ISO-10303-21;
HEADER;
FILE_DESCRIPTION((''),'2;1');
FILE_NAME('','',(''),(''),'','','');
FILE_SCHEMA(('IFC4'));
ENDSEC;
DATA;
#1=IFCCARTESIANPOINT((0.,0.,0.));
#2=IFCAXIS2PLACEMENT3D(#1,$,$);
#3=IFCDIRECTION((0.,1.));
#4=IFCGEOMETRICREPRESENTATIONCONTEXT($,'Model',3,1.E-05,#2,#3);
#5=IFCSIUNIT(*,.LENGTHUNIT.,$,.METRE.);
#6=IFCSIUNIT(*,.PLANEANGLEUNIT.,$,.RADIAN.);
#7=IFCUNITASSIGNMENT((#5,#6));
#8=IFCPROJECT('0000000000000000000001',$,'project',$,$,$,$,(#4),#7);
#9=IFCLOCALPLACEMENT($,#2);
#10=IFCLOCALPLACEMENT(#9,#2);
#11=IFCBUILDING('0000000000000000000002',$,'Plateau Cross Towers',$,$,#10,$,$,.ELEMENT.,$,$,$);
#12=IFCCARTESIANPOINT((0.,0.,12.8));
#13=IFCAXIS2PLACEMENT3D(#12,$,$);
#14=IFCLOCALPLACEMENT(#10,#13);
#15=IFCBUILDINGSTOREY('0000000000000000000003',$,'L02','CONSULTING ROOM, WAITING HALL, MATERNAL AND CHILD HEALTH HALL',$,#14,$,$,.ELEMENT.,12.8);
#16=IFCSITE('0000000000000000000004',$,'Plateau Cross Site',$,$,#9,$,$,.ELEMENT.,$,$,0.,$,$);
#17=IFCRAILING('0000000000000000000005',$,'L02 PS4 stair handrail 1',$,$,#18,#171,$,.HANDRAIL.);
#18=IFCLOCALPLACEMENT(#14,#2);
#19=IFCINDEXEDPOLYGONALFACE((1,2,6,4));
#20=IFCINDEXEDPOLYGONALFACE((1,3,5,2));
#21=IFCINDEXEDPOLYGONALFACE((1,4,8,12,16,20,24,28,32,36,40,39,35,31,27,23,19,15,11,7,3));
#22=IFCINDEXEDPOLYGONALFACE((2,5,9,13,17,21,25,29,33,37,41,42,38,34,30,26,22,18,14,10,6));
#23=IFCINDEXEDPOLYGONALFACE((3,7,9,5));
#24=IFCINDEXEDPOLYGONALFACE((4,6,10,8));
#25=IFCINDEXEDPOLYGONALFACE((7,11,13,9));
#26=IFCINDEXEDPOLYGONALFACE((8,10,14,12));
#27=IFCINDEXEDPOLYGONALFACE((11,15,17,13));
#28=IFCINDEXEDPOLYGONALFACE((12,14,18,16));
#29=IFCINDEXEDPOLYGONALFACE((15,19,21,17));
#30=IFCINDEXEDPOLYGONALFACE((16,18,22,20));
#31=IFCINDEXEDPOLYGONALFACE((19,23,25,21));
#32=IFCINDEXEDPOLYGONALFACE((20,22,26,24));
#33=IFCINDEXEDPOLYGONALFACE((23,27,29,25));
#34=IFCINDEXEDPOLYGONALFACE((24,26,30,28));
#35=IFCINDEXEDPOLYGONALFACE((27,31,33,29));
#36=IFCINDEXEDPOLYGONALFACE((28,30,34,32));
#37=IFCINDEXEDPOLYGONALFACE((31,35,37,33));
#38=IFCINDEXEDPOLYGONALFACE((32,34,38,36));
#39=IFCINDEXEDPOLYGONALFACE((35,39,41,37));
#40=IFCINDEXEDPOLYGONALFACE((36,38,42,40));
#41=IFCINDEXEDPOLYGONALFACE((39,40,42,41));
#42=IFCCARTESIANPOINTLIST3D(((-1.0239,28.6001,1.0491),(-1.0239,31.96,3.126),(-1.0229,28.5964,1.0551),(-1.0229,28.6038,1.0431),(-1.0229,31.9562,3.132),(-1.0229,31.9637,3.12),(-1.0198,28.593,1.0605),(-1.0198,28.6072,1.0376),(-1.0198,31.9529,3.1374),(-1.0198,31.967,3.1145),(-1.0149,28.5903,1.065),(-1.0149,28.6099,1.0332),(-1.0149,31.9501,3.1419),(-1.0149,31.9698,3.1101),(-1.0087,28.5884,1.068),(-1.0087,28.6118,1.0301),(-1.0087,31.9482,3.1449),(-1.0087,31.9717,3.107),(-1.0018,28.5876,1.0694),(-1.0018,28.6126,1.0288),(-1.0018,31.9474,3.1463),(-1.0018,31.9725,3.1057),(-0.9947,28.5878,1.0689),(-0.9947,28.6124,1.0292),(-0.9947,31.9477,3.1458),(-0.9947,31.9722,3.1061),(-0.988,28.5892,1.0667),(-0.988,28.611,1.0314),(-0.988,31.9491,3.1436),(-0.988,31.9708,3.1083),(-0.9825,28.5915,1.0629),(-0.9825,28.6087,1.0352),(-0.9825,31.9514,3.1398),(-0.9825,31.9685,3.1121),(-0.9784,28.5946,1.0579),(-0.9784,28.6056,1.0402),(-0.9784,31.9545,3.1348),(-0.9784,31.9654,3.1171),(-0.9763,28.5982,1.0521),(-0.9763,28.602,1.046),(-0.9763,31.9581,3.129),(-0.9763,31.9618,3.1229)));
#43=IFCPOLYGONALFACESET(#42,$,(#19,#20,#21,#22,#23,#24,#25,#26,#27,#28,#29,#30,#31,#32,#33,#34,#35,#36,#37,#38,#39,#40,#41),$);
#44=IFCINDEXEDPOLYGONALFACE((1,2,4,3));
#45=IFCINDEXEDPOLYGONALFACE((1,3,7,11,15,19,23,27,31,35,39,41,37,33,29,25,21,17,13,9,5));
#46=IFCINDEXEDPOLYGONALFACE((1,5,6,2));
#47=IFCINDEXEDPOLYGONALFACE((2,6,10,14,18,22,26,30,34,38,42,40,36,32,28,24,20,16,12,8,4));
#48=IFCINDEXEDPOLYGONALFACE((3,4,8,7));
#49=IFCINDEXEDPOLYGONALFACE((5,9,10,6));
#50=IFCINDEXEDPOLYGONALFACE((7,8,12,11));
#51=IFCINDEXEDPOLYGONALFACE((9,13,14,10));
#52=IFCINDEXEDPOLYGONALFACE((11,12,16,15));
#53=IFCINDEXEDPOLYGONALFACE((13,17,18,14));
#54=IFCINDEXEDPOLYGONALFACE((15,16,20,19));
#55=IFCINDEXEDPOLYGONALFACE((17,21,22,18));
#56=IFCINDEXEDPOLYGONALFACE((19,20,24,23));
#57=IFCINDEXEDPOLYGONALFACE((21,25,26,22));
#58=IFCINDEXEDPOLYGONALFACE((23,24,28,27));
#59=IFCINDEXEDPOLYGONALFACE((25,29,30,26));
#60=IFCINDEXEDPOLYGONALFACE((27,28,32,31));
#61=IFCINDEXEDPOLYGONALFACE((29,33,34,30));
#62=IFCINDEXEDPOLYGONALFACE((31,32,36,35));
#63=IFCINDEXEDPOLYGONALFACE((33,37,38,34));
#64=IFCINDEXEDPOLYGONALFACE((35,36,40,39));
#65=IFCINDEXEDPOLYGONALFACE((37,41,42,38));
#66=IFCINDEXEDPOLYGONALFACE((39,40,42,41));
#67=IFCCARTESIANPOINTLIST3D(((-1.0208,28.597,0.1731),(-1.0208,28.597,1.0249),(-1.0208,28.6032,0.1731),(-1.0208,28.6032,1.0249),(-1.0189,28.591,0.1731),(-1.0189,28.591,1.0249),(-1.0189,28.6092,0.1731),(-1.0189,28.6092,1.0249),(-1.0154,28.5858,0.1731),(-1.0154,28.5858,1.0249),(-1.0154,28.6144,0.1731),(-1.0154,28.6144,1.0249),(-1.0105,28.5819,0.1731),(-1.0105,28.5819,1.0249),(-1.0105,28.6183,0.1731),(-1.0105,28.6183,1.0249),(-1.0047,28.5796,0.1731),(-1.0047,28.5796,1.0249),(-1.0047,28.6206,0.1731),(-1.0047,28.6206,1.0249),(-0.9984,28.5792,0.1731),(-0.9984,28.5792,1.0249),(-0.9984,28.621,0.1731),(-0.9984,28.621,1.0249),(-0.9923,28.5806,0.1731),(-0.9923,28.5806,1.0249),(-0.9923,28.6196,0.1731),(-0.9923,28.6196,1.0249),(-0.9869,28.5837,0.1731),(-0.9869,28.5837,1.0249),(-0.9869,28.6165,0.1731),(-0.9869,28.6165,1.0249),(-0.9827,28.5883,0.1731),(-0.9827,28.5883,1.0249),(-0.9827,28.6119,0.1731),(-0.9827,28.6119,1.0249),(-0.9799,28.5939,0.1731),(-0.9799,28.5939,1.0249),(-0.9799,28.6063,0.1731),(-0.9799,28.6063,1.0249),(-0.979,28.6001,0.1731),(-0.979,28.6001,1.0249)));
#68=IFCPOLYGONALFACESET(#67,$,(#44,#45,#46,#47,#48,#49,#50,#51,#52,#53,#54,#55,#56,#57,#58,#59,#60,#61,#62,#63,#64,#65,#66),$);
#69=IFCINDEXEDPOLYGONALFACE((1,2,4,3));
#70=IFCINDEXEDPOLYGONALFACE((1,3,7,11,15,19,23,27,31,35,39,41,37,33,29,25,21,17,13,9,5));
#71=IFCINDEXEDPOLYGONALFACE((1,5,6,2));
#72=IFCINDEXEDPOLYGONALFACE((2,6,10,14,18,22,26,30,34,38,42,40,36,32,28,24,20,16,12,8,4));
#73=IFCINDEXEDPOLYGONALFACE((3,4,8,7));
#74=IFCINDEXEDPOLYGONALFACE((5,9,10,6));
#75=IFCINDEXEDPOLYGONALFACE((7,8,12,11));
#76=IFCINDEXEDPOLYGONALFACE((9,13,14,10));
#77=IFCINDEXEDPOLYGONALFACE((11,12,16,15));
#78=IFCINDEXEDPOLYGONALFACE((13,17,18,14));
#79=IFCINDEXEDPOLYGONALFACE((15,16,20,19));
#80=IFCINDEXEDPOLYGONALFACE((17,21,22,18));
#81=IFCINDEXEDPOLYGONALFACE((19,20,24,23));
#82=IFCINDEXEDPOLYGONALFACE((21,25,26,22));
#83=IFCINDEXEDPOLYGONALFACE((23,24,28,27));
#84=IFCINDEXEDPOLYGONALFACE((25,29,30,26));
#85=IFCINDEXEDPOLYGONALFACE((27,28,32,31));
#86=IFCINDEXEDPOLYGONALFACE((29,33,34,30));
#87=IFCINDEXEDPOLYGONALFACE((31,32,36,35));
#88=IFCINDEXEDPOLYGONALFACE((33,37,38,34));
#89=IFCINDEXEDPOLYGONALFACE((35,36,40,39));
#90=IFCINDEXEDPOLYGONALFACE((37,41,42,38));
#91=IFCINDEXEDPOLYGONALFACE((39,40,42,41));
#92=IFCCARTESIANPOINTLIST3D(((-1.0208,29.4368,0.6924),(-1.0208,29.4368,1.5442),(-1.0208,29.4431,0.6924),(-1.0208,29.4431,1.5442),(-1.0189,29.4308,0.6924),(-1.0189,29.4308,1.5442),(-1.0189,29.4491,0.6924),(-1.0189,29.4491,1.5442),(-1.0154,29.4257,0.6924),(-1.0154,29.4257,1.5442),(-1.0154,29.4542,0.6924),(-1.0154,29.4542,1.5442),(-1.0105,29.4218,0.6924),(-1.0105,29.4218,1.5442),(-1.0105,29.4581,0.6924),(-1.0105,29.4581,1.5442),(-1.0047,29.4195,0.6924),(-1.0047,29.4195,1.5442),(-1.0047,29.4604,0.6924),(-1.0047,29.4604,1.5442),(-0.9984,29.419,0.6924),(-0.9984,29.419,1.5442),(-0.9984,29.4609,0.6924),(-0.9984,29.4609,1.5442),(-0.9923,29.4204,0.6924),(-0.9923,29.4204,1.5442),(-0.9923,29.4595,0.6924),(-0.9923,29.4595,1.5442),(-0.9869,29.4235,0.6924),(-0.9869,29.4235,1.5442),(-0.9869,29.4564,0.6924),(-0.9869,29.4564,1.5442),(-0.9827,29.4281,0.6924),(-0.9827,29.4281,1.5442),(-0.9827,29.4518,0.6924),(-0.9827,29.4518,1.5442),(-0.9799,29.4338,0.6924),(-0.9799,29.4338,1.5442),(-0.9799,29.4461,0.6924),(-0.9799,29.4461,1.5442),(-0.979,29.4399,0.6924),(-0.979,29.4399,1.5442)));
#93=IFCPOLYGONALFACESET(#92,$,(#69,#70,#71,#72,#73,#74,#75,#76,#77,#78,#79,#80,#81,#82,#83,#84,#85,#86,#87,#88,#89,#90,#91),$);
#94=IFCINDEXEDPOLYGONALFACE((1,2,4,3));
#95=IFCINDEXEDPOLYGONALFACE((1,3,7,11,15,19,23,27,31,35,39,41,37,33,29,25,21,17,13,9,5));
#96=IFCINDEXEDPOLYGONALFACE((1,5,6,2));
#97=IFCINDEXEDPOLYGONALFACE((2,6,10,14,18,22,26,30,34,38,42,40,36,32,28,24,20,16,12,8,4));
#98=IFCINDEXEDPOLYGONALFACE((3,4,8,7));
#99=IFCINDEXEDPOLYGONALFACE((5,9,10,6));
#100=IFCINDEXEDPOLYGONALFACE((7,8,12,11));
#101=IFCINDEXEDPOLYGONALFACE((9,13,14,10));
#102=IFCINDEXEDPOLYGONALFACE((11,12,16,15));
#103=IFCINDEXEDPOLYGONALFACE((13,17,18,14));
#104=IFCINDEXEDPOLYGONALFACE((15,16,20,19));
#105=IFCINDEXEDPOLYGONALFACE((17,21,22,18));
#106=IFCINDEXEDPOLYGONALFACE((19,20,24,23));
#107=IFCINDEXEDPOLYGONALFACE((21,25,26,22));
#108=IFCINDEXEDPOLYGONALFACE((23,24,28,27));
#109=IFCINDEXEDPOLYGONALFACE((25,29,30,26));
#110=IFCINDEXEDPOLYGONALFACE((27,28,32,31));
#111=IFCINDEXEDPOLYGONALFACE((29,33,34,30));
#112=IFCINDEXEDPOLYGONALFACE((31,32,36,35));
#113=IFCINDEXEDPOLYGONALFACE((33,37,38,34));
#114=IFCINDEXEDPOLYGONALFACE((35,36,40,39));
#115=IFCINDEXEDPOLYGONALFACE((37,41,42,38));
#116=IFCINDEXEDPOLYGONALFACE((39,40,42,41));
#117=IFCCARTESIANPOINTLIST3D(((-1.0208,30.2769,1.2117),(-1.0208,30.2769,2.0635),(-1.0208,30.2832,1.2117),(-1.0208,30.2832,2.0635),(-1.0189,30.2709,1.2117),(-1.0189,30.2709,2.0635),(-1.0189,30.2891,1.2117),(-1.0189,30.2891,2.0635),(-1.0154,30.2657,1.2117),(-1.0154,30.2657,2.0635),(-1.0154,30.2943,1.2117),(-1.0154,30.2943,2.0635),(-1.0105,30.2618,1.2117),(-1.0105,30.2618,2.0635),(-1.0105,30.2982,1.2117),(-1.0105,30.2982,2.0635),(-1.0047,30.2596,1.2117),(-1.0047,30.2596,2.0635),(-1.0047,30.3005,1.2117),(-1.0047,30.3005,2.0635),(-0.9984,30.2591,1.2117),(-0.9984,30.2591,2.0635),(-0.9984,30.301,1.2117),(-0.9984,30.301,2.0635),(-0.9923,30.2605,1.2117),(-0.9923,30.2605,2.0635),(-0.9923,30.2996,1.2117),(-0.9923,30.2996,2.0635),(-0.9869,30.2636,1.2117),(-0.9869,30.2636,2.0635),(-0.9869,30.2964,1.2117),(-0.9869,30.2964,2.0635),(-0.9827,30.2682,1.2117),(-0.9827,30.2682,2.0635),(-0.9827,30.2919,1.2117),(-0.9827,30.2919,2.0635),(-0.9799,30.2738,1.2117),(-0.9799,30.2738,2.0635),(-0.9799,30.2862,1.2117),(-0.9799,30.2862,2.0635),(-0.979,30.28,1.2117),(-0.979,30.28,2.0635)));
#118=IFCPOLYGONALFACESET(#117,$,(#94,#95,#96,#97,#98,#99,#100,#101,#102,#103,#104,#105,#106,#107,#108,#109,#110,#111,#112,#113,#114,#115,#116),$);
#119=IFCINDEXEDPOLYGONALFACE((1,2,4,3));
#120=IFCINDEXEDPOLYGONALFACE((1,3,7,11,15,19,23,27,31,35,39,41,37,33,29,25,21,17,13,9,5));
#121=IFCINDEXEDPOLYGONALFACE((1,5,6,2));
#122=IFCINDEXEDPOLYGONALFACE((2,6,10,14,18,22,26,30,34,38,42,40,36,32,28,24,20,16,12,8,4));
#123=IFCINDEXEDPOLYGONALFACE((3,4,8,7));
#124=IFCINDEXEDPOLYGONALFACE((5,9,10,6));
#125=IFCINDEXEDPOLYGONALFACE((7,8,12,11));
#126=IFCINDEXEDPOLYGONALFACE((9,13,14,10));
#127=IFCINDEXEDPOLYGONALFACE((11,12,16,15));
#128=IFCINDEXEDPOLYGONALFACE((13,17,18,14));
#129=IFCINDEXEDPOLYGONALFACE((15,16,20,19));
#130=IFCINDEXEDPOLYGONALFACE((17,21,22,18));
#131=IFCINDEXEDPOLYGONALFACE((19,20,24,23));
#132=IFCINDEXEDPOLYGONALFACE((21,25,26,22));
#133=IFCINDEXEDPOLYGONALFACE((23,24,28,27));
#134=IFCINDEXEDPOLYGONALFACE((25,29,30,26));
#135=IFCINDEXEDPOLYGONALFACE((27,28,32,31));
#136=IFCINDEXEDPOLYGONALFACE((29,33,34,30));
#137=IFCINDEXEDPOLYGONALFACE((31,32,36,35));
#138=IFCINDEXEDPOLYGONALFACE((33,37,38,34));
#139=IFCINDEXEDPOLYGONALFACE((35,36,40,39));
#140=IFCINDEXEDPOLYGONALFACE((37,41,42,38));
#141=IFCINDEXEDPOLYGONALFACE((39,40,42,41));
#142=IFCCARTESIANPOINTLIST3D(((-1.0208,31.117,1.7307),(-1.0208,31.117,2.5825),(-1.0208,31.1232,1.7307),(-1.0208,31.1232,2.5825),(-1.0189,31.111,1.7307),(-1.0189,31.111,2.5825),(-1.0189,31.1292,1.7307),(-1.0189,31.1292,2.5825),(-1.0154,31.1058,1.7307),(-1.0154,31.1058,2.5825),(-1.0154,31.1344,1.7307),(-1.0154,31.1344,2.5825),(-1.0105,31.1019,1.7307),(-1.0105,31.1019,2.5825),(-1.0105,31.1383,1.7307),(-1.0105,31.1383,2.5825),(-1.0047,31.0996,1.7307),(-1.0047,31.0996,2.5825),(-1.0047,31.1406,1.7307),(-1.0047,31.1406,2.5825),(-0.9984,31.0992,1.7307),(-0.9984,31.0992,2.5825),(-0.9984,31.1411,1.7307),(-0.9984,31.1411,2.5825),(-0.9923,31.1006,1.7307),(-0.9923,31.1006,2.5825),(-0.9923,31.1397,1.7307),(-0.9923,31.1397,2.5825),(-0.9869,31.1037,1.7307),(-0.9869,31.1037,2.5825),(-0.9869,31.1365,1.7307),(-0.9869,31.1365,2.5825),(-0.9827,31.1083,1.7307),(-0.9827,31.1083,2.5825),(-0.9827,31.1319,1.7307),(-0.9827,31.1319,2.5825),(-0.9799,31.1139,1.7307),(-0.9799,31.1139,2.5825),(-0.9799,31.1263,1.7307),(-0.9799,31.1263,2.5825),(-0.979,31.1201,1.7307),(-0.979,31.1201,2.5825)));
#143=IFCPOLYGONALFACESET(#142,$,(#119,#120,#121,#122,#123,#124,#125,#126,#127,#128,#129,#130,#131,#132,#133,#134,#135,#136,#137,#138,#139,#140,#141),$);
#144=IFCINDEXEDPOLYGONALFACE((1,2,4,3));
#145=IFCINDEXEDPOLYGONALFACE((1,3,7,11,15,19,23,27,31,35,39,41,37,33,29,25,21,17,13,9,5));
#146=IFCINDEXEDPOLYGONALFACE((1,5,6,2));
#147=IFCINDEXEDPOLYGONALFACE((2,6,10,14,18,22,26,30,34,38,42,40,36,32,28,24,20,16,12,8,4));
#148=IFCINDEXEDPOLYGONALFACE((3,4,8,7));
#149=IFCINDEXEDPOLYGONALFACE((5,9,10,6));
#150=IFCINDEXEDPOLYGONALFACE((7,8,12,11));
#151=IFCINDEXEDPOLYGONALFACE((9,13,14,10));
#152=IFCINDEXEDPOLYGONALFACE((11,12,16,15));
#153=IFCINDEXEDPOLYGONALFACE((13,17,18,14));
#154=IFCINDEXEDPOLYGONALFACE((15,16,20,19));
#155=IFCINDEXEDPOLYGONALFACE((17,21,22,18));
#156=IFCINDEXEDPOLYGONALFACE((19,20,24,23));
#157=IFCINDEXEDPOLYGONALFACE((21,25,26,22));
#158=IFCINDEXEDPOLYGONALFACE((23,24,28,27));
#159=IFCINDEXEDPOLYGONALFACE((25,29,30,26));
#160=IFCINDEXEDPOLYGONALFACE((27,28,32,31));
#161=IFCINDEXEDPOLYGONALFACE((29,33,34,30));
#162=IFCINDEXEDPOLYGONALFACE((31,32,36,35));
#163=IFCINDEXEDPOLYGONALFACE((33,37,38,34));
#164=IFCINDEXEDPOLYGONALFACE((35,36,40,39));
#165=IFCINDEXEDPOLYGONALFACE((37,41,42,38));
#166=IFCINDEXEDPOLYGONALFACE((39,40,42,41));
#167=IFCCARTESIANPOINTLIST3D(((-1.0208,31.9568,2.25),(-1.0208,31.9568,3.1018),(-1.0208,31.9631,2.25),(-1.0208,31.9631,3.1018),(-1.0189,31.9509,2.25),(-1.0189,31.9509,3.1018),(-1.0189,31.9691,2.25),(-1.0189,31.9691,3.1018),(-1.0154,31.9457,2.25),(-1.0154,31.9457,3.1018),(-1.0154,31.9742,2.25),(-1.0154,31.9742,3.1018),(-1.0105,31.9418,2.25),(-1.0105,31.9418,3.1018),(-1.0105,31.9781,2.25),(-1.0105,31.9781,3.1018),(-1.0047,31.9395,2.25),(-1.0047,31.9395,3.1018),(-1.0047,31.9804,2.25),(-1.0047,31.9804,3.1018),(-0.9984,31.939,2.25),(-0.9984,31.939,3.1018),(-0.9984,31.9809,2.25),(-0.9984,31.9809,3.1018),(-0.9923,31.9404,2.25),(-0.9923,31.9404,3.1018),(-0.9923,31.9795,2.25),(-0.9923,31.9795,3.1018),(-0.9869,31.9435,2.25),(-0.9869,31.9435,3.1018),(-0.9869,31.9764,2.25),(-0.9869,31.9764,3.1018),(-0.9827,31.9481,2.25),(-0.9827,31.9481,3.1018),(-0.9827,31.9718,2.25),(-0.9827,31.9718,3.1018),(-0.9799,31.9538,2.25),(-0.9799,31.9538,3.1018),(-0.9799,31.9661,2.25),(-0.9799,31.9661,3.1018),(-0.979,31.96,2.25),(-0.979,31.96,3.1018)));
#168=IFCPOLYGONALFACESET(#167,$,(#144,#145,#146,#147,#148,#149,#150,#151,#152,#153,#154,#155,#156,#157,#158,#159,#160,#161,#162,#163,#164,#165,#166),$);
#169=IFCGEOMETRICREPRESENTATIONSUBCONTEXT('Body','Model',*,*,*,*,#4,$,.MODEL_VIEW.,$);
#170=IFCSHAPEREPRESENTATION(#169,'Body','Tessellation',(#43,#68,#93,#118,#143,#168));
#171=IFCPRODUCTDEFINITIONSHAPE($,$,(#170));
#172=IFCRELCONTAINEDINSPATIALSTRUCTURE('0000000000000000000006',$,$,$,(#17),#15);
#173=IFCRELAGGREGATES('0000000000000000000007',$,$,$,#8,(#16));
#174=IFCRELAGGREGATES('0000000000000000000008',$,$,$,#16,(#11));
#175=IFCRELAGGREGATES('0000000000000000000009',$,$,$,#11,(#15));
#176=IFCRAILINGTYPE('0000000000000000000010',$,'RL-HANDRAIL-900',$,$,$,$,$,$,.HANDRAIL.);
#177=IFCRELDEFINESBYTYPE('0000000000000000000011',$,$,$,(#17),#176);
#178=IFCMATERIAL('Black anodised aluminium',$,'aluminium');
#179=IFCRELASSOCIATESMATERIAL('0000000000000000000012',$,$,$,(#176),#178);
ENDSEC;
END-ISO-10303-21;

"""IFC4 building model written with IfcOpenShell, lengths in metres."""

from ifc_helpers import new_model, si_unit, direction, frame, origin, origin_2d, place, context, subcontext, project, spatial, circle, extrude, material, type_object, element, save


model = new_model("IFC4")

# Units and contexts
model_context = context("Model", 3, precision=1e-05, world=origin(), true_north=direction((0.0, 1.0)))
body_context = subcontext(model_context, "Body", "Model", "MODEL_VIEW")
ifc_project = project(units=[si_unit("LENGTHUNIT", "METRE"), si_unit("PLANEANGLEUNIT", "RADIAN")], contexts=[model_context])

# Site, building, storey
site_placement = place(None, origin())
site = spatial("IfcSite", under=ifc_project, at=site_placement, Name="Plateau Cross Site", CompositionType="ELEMENT", RefElevation=0.0)
building_placement = place(site_placement, origin())
building = spatial("IfcBuilding", under=site, at=building_placement, Name="Plateau Cross Towers", CompositionType="ELEMENT")
storey_placement = place(building_placement, frame((0.0, 0.0, 12.8)))
storey = spatial("IfcBuildingStorey", under=building, at=storey_placement, Name="L02", Description="CONSULTING ROOM, WAITING HALL, MATERNAL AND CHILD HEALTH HALL", CompositionType="ELEMENT", Elevation=12.8)

# Shared definitions
ifc_material_1 = material(Name="Black anodised aluminium", Category="aluminium")

# Railing
railing_type_1 = type_object("IfcRailingType", Name="RL-HANDRAIL-900", PredefinedType="HANDRAIL", material=ifc_material_1)
railing_1_placement = place(storey_placement, frame((-1.0, 28.6001, 0.1731)))
element("IfcRailing", 1, at=railing_1_placement, inside=storey, type_object=railing_type_1, Name="L02 PS4 stair handrail 1", PredefinedType="HANDRAIL", context=body_context, shape_type="SweptSolid", body=[
    extrude(circle(Radius=0.0239, at=origin_2d()), frame((0.0, 0.0, 0.876), z_axis=(0.0, 0.850606, 0.525803), x_axis=(-1.0, 0.0, 0.0)), (0.0, 0.0, 1.0), 3.95),
    extrude(circle(Radius=0.021, at=origin_2d()), origin(), (0.0, 0.0, 1.0), 0.8518),
    extrude(circle(Radius=0.021, at=origin_2d()), frame((0.0, 0.8398, 0.5193)), (0.0, 0.0, 1.0), 0.8518),
    extrude(circle(Radius=0.021, at=origin_2d()), frame((0.0, 1.6799, 1.0386)), (0.0, 0.0, 1.0), 0.8518),
    extrude(circle(Radius=0.021, at=origin_2d()), frame((0.0, 2.52, 1.5576)), (0.0, 0.0, 1.0), 0.8518),
    extrude(circle(Radius=0.021, at=origin_2d()), frame((0.0, 3.3599, 2.0769)), (0.0, 0.0, 1.0), 0.8518),
])

save(model, "model.ifc")
